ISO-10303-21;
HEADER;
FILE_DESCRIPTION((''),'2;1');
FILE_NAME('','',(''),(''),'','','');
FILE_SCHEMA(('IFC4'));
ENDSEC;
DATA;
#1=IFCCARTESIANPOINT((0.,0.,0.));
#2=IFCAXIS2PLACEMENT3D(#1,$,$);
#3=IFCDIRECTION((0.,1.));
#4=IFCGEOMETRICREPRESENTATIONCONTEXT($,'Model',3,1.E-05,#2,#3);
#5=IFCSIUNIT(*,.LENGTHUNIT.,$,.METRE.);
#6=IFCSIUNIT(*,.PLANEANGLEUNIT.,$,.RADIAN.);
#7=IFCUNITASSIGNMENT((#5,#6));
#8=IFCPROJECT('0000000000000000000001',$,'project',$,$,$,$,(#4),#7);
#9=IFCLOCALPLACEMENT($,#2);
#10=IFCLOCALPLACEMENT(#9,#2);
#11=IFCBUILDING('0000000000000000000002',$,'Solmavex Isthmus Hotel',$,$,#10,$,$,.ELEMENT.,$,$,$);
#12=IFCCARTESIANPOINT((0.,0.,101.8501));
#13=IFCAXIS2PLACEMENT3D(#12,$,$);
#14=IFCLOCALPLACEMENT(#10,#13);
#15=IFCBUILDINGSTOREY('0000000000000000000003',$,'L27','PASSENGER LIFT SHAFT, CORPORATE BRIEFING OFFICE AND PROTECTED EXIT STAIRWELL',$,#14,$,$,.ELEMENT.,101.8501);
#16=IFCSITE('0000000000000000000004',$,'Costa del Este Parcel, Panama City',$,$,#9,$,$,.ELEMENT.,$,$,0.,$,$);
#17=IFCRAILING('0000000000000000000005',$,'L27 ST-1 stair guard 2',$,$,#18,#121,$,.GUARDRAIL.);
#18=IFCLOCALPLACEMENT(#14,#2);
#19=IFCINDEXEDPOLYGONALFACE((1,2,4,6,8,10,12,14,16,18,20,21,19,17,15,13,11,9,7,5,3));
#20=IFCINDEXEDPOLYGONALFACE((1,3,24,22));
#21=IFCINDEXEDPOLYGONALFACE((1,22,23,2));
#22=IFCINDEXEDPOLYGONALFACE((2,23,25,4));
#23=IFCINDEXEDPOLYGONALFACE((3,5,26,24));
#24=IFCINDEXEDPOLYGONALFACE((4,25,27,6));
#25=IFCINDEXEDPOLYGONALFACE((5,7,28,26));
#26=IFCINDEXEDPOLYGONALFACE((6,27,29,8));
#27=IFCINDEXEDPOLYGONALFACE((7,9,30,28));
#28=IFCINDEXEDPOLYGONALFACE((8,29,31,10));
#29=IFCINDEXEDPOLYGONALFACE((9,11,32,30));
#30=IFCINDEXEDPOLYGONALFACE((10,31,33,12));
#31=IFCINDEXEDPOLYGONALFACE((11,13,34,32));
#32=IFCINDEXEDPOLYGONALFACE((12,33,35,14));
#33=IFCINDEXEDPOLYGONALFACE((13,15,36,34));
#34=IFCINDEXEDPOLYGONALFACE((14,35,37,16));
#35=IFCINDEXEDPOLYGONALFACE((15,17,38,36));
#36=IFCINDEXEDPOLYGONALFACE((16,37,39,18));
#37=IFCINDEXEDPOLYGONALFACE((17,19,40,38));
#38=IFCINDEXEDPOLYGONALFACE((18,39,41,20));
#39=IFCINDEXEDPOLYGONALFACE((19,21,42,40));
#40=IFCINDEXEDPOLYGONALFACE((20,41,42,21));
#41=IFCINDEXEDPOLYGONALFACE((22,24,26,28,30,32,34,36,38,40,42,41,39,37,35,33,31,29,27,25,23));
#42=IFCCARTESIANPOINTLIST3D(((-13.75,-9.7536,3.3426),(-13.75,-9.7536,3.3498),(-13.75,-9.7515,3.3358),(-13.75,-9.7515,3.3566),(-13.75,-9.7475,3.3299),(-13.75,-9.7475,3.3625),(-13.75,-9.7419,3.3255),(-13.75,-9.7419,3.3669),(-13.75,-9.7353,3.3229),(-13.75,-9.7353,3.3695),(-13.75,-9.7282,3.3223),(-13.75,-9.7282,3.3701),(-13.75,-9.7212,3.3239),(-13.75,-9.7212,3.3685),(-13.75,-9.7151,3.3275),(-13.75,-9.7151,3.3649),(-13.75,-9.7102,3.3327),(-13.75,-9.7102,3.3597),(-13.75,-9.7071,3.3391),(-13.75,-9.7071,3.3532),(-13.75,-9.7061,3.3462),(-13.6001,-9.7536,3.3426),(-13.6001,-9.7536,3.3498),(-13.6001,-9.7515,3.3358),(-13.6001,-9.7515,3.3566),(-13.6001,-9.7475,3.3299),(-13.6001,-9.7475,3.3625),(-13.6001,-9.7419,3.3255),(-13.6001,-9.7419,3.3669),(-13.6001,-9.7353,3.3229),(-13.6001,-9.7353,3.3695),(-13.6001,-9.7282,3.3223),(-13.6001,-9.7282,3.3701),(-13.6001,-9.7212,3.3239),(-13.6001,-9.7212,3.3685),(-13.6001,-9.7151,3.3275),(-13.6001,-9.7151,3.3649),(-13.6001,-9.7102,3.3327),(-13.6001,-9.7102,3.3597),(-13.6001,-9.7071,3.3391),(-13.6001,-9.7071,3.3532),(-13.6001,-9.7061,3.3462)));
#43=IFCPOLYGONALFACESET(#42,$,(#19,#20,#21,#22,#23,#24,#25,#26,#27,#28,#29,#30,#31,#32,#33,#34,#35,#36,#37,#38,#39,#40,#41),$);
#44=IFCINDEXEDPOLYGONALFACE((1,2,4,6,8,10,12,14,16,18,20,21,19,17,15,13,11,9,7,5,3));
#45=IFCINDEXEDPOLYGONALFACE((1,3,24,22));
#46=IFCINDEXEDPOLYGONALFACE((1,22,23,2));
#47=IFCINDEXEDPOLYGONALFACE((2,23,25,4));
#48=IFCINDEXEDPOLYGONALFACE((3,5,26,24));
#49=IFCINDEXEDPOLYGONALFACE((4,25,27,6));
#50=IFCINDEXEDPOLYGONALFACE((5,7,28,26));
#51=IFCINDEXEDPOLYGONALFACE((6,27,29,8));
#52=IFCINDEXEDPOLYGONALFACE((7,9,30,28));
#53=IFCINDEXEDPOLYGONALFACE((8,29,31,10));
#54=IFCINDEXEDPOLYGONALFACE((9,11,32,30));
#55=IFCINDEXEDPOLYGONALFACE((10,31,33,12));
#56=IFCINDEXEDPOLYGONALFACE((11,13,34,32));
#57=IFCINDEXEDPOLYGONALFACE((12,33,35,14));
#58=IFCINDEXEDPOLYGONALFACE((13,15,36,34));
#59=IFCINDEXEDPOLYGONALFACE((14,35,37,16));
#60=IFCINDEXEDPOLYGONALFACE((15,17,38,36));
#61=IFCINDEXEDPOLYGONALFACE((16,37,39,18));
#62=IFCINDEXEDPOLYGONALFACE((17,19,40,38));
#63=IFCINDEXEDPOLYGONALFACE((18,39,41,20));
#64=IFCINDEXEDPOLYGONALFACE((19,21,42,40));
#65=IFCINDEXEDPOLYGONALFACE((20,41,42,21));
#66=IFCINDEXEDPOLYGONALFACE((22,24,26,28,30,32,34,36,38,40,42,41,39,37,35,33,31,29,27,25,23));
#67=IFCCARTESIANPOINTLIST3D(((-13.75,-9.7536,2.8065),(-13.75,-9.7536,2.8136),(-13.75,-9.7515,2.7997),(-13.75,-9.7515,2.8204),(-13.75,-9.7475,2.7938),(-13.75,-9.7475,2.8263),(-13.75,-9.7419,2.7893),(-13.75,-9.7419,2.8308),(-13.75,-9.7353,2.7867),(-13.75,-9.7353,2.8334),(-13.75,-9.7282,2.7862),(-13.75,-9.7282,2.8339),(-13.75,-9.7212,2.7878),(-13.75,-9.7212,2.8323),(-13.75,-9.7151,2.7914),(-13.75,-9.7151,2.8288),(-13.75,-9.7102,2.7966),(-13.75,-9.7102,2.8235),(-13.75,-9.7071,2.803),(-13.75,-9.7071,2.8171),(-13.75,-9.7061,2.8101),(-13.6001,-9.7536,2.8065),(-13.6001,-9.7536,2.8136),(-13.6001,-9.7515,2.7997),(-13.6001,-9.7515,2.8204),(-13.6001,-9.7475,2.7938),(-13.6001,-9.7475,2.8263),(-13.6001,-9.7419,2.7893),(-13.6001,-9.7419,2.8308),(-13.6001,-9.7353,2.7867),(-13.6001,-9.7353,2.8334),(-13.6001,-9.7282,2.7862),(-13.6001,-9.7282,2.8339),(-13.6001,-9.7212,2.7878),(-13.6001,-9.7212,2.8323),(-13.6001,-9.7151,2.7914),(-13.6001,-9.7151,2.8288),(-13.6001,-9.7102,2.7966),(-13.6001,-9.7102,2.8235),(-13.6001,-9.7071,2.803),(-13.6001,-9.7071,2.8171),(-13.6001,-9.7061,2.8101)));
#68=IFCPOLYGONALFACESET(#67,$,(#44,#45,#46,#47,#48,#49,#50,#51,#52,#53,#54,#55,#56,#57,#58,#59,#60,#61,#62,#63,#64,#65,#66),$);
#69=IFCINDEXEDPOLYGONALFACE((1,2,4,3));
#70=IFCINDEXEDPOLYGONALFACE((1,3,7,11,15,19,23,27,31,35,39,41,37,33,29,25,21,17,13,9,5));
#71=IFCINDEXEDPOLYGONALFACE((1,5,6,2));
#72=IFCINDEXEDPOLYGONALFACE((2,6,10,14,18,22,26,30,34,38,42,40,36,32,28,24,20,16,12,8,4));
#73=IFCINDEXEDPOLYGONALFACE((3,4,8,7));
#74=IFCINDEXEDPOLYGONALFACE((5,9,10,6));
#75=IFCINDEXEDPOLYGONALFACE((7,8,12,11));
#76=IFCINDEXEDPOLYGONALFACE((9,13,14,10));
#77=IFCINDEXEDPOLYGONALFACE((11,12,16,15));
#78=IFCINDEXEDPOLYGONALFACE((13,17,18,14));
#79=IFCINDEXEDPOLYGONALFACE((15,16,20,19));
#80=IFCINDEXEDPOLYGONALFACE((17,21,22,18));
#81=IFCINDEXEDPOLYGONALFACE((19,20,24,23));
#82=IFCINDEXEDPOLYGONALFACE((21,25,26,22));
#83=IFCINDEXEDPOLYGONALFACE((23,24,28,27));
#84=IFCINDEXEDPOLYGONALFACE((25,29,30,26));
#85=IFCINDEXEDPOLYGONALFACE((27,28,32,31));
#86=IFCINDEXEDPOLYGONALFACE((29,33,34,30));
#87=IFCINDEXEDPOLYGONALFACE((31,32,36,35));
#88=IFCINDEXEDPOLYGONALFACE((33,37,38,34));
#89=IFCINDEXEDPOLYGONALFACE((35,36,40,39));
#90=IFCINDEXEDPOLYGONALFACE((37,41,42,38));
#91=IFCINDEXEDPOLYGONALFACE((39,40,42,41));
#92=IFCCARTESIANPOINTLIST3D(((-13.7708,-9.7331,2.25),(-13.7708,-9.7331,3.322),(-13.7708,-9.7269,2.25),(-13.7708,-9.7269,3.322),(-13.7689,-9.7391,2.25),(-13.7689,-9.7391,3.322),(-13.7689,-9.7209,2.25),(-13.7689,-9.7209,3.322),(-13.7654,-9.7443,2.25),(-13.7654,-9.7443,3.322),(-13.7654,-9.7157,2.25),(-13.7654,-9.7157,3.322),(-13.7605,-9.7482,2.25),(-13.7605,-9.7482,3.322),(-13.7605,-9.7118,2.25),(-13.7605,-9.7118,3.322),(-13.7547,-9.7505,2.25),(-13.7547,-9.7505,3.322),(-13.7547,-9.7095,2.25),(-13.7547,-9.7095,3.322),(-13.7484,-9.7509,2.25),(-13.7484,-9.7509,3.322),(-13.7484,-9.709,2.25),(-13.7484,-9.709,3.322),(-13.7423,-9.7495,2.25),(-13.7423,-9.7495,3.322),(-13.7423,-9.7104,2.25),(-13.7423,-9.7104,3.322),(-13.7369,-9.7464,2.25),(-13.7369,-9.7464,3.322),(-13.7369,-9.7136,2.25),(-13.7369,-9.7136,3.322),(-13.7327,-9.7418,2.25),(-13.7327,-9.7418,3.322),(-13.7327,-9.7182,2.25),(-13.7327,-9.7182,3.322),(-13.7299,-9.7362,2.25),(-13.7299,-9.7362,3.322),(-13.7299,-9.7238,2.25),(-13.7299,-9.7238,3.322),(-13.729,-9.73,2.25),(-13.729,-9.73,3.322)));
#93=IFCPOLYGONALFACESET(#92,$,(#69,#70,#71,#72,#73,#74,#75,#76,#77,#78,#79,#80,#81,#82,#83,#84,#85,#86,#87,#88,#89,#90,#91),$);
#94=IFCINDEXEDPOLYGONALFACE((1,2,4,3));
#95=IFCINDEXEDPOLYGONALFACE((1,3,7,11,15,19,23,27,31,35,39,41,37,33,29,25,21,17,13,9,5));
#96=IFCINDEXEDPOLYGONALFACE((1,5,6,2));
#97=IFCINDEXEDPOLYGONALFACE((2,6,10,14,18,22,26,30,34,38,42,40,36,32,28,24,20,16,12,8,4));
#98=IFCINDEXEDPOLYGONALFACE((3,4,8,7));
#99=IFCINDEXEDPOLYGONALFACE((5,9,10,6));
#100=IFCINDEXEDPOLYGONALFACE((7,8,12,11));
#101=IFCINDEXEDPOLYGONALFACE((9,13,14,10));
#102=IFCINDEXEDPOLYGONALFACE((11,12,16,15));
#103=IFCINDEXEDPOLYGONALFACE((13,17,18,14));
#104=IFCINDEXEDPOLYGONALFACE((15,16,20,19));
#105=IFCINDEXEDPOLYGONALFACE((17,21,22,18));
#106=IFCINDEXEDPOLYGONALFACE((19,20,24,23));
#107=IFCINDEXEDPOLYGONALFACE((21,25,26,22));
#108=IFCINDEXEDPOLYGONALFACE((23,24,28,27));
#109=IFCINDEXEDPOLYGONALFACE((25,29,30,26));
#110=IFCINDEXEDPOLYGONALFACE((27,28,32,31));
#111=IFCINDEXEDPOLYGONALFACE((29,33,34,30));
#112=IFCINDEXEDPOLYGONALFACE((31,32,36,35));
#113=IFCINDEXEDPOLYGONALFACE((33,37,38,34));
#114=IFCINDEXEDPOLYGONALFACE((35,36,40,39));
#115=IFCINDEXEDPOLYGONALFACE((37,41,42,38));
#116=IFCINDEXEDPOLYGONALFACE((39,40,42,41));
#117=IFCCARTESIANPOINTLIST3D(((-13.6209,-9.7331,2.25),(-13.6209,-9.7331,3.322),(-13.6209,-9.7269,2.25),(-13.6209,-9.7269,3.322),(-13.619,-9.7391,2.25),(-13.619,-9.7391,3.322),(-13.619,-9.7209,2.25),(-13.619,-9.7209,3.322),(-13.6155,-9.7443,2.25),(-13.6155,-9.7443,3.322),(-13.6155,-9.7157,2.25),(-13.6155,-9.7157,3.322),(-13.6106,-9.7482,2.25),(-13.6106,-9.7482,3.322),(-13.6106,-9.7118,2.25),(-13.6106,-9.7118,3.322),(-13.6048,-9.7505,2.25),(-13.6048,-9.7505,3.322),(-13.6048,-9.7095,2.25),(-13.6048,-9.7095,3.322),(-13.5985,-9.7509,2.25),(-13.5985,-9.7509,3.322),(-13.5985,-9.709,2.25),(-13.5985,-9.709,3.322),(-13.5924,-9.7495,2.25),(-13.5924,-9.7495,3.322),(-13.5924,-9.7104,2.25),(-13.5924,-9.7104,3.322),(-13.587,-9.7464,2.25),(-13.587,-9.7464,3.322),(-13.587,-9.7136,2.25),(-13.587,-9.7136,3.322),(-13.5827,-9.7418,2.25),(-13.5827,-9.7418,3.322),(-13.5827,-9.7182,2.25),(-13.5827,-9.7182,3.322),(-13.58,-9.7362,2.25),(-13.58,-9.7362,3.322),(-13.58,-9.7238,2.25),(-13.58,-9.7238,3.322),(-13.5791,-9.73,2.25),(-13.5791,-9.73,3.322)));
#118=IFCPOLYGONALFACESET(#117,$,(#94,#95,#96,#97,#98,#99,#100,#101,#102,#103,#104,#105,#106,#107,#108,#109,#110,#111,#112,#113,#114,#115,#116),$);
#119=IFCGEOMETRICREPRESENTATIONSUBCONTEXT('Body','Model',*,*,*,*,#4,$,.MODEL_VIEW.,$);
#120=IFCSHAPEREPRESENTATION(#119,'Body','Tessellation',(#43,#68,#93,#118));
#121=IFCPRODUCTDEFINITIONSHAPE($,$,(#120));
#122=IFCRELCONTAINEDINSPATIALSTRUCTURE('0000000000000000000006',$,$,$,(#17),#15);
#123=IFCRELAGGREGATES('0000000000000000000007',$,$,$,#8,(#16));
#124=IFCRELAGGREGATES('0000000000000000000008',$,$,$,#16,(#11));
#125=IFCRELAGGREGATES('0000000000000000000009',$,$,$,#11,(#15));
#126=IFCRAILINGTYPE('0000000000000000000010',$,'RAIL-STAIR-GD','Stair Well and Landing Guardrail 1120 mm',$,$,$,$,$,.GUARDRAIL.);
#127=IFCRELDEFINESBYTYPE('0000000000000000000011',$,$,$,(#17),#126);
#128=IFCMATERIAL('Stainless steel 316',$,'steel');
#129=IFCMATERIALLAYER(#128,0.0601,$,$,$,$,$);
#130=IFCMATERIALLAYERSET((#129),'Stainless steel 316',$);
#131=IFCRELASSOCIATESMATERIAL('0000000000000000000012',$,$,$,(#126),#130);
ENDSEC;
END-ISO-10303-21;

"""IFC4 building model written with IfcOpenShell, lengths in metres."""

from ifc_helpers import new_model, si_unit, direction, frame, origin, origin_2d, place, context, subcontext, project, spatial, circle, extrude, material, layer, layer_set, type_object, element, save


model = new_model("IFC4")

# Units and contexts
model_context = context("Model", 3, precision=1e-05, world=origin(), true_north=direction((0.0, 1.0)))
body_context = subcontext(model_context, "Body", "Model", "MODEL_VIEW")
ifc_project = project(units=[si_unit("LENGTHUNIT", "METRE"), si_unit("PLANEANGLEUNIT", "RADIAN")], contexts=[model_context])

# Site, building, storey
site_placement = place(None, origin())
site = spatial("IfcSite", under=ifc_project, at=site_placement, Name="Costa del Este Parcel, Panama City", CompositionType="ELEMENT", RefElevation=0.0)
building_placement = place(site_placement, origin())
building = spatial("IfcBuilding", under=site, at=building_placement, Name="Solmavex Isthmus Hotel", CompositionType="ELEMENT")
storey_placement = place(building_placement, frame((0.0, 0.0, 101.8501)))
storey = spatial("IfcBuildingStorey", under=building, at=storey_placement, Name="L27", Description="PASSENGER LIFT SHAFT, CORPORATE BRIEFING OFFICE AND PROTECTED EXIT STAIRWELL", CompositionType="ELEMENT", Elevation=101.8501)

# Railing
ifc_material_1 = material(Name="Stainless steel 316", Category="steel")
ifc_layer_1 = layer(ifc_material_1, 0.0601)
ifc_layer_set_1 = layer_set([ifc_layer_1], Name="Stainless steel 316")
railing_type_1 = type_object("IfcRailingType", Name="RAIL-STAIR-GD", Description="Stair Well and Landing Guardrail 1120 mm", PredefinedType="GUARDRAIL", material=ifc_layer_set_1)
railing_1_placement = place(storey_placement, frame((-13.75, -9.73, 2.25)))
element("IfcRailing", 1, at=railing_1_placement, inside=storey, type_object=railing_type_1, Name="L27 ST-1 stair guard 2", PredefinedType="GUARDRAIL", context=body_context, shape_type="SweptSolid", body=[
    extrude(circle(Radius=0.0239, at=origin_2d()), frame((0.0, 0.0, 1.0962), z_axis=(1.0, 0.0, 0.0), x_axis=(0.0, 1.0, 0.0)), (0.0, 0.0, 1.0), 0.1499),
    extrude(circle(Radius=0.0239, at=origin_2d()), frame((0.0, 0.0, 0.5601), z_axis=(1.0, 0.0, 0.0), x_axis=(0.0, 1.0, 0.0)), (0.0, 0.0, 1.0), 0.1499),
    extrude(circle(Radius=0.021, at=origin_2d()), origin(), (0.0, 0.0, 1.0), 1.072),
    extrude(circle(Radius=0.021, at=origin_2d()), frame((0.1499, 0.0, 0.0)), (0.0, 0.0, 1.0), 1.072),
])

save(model, "model.ifc")
